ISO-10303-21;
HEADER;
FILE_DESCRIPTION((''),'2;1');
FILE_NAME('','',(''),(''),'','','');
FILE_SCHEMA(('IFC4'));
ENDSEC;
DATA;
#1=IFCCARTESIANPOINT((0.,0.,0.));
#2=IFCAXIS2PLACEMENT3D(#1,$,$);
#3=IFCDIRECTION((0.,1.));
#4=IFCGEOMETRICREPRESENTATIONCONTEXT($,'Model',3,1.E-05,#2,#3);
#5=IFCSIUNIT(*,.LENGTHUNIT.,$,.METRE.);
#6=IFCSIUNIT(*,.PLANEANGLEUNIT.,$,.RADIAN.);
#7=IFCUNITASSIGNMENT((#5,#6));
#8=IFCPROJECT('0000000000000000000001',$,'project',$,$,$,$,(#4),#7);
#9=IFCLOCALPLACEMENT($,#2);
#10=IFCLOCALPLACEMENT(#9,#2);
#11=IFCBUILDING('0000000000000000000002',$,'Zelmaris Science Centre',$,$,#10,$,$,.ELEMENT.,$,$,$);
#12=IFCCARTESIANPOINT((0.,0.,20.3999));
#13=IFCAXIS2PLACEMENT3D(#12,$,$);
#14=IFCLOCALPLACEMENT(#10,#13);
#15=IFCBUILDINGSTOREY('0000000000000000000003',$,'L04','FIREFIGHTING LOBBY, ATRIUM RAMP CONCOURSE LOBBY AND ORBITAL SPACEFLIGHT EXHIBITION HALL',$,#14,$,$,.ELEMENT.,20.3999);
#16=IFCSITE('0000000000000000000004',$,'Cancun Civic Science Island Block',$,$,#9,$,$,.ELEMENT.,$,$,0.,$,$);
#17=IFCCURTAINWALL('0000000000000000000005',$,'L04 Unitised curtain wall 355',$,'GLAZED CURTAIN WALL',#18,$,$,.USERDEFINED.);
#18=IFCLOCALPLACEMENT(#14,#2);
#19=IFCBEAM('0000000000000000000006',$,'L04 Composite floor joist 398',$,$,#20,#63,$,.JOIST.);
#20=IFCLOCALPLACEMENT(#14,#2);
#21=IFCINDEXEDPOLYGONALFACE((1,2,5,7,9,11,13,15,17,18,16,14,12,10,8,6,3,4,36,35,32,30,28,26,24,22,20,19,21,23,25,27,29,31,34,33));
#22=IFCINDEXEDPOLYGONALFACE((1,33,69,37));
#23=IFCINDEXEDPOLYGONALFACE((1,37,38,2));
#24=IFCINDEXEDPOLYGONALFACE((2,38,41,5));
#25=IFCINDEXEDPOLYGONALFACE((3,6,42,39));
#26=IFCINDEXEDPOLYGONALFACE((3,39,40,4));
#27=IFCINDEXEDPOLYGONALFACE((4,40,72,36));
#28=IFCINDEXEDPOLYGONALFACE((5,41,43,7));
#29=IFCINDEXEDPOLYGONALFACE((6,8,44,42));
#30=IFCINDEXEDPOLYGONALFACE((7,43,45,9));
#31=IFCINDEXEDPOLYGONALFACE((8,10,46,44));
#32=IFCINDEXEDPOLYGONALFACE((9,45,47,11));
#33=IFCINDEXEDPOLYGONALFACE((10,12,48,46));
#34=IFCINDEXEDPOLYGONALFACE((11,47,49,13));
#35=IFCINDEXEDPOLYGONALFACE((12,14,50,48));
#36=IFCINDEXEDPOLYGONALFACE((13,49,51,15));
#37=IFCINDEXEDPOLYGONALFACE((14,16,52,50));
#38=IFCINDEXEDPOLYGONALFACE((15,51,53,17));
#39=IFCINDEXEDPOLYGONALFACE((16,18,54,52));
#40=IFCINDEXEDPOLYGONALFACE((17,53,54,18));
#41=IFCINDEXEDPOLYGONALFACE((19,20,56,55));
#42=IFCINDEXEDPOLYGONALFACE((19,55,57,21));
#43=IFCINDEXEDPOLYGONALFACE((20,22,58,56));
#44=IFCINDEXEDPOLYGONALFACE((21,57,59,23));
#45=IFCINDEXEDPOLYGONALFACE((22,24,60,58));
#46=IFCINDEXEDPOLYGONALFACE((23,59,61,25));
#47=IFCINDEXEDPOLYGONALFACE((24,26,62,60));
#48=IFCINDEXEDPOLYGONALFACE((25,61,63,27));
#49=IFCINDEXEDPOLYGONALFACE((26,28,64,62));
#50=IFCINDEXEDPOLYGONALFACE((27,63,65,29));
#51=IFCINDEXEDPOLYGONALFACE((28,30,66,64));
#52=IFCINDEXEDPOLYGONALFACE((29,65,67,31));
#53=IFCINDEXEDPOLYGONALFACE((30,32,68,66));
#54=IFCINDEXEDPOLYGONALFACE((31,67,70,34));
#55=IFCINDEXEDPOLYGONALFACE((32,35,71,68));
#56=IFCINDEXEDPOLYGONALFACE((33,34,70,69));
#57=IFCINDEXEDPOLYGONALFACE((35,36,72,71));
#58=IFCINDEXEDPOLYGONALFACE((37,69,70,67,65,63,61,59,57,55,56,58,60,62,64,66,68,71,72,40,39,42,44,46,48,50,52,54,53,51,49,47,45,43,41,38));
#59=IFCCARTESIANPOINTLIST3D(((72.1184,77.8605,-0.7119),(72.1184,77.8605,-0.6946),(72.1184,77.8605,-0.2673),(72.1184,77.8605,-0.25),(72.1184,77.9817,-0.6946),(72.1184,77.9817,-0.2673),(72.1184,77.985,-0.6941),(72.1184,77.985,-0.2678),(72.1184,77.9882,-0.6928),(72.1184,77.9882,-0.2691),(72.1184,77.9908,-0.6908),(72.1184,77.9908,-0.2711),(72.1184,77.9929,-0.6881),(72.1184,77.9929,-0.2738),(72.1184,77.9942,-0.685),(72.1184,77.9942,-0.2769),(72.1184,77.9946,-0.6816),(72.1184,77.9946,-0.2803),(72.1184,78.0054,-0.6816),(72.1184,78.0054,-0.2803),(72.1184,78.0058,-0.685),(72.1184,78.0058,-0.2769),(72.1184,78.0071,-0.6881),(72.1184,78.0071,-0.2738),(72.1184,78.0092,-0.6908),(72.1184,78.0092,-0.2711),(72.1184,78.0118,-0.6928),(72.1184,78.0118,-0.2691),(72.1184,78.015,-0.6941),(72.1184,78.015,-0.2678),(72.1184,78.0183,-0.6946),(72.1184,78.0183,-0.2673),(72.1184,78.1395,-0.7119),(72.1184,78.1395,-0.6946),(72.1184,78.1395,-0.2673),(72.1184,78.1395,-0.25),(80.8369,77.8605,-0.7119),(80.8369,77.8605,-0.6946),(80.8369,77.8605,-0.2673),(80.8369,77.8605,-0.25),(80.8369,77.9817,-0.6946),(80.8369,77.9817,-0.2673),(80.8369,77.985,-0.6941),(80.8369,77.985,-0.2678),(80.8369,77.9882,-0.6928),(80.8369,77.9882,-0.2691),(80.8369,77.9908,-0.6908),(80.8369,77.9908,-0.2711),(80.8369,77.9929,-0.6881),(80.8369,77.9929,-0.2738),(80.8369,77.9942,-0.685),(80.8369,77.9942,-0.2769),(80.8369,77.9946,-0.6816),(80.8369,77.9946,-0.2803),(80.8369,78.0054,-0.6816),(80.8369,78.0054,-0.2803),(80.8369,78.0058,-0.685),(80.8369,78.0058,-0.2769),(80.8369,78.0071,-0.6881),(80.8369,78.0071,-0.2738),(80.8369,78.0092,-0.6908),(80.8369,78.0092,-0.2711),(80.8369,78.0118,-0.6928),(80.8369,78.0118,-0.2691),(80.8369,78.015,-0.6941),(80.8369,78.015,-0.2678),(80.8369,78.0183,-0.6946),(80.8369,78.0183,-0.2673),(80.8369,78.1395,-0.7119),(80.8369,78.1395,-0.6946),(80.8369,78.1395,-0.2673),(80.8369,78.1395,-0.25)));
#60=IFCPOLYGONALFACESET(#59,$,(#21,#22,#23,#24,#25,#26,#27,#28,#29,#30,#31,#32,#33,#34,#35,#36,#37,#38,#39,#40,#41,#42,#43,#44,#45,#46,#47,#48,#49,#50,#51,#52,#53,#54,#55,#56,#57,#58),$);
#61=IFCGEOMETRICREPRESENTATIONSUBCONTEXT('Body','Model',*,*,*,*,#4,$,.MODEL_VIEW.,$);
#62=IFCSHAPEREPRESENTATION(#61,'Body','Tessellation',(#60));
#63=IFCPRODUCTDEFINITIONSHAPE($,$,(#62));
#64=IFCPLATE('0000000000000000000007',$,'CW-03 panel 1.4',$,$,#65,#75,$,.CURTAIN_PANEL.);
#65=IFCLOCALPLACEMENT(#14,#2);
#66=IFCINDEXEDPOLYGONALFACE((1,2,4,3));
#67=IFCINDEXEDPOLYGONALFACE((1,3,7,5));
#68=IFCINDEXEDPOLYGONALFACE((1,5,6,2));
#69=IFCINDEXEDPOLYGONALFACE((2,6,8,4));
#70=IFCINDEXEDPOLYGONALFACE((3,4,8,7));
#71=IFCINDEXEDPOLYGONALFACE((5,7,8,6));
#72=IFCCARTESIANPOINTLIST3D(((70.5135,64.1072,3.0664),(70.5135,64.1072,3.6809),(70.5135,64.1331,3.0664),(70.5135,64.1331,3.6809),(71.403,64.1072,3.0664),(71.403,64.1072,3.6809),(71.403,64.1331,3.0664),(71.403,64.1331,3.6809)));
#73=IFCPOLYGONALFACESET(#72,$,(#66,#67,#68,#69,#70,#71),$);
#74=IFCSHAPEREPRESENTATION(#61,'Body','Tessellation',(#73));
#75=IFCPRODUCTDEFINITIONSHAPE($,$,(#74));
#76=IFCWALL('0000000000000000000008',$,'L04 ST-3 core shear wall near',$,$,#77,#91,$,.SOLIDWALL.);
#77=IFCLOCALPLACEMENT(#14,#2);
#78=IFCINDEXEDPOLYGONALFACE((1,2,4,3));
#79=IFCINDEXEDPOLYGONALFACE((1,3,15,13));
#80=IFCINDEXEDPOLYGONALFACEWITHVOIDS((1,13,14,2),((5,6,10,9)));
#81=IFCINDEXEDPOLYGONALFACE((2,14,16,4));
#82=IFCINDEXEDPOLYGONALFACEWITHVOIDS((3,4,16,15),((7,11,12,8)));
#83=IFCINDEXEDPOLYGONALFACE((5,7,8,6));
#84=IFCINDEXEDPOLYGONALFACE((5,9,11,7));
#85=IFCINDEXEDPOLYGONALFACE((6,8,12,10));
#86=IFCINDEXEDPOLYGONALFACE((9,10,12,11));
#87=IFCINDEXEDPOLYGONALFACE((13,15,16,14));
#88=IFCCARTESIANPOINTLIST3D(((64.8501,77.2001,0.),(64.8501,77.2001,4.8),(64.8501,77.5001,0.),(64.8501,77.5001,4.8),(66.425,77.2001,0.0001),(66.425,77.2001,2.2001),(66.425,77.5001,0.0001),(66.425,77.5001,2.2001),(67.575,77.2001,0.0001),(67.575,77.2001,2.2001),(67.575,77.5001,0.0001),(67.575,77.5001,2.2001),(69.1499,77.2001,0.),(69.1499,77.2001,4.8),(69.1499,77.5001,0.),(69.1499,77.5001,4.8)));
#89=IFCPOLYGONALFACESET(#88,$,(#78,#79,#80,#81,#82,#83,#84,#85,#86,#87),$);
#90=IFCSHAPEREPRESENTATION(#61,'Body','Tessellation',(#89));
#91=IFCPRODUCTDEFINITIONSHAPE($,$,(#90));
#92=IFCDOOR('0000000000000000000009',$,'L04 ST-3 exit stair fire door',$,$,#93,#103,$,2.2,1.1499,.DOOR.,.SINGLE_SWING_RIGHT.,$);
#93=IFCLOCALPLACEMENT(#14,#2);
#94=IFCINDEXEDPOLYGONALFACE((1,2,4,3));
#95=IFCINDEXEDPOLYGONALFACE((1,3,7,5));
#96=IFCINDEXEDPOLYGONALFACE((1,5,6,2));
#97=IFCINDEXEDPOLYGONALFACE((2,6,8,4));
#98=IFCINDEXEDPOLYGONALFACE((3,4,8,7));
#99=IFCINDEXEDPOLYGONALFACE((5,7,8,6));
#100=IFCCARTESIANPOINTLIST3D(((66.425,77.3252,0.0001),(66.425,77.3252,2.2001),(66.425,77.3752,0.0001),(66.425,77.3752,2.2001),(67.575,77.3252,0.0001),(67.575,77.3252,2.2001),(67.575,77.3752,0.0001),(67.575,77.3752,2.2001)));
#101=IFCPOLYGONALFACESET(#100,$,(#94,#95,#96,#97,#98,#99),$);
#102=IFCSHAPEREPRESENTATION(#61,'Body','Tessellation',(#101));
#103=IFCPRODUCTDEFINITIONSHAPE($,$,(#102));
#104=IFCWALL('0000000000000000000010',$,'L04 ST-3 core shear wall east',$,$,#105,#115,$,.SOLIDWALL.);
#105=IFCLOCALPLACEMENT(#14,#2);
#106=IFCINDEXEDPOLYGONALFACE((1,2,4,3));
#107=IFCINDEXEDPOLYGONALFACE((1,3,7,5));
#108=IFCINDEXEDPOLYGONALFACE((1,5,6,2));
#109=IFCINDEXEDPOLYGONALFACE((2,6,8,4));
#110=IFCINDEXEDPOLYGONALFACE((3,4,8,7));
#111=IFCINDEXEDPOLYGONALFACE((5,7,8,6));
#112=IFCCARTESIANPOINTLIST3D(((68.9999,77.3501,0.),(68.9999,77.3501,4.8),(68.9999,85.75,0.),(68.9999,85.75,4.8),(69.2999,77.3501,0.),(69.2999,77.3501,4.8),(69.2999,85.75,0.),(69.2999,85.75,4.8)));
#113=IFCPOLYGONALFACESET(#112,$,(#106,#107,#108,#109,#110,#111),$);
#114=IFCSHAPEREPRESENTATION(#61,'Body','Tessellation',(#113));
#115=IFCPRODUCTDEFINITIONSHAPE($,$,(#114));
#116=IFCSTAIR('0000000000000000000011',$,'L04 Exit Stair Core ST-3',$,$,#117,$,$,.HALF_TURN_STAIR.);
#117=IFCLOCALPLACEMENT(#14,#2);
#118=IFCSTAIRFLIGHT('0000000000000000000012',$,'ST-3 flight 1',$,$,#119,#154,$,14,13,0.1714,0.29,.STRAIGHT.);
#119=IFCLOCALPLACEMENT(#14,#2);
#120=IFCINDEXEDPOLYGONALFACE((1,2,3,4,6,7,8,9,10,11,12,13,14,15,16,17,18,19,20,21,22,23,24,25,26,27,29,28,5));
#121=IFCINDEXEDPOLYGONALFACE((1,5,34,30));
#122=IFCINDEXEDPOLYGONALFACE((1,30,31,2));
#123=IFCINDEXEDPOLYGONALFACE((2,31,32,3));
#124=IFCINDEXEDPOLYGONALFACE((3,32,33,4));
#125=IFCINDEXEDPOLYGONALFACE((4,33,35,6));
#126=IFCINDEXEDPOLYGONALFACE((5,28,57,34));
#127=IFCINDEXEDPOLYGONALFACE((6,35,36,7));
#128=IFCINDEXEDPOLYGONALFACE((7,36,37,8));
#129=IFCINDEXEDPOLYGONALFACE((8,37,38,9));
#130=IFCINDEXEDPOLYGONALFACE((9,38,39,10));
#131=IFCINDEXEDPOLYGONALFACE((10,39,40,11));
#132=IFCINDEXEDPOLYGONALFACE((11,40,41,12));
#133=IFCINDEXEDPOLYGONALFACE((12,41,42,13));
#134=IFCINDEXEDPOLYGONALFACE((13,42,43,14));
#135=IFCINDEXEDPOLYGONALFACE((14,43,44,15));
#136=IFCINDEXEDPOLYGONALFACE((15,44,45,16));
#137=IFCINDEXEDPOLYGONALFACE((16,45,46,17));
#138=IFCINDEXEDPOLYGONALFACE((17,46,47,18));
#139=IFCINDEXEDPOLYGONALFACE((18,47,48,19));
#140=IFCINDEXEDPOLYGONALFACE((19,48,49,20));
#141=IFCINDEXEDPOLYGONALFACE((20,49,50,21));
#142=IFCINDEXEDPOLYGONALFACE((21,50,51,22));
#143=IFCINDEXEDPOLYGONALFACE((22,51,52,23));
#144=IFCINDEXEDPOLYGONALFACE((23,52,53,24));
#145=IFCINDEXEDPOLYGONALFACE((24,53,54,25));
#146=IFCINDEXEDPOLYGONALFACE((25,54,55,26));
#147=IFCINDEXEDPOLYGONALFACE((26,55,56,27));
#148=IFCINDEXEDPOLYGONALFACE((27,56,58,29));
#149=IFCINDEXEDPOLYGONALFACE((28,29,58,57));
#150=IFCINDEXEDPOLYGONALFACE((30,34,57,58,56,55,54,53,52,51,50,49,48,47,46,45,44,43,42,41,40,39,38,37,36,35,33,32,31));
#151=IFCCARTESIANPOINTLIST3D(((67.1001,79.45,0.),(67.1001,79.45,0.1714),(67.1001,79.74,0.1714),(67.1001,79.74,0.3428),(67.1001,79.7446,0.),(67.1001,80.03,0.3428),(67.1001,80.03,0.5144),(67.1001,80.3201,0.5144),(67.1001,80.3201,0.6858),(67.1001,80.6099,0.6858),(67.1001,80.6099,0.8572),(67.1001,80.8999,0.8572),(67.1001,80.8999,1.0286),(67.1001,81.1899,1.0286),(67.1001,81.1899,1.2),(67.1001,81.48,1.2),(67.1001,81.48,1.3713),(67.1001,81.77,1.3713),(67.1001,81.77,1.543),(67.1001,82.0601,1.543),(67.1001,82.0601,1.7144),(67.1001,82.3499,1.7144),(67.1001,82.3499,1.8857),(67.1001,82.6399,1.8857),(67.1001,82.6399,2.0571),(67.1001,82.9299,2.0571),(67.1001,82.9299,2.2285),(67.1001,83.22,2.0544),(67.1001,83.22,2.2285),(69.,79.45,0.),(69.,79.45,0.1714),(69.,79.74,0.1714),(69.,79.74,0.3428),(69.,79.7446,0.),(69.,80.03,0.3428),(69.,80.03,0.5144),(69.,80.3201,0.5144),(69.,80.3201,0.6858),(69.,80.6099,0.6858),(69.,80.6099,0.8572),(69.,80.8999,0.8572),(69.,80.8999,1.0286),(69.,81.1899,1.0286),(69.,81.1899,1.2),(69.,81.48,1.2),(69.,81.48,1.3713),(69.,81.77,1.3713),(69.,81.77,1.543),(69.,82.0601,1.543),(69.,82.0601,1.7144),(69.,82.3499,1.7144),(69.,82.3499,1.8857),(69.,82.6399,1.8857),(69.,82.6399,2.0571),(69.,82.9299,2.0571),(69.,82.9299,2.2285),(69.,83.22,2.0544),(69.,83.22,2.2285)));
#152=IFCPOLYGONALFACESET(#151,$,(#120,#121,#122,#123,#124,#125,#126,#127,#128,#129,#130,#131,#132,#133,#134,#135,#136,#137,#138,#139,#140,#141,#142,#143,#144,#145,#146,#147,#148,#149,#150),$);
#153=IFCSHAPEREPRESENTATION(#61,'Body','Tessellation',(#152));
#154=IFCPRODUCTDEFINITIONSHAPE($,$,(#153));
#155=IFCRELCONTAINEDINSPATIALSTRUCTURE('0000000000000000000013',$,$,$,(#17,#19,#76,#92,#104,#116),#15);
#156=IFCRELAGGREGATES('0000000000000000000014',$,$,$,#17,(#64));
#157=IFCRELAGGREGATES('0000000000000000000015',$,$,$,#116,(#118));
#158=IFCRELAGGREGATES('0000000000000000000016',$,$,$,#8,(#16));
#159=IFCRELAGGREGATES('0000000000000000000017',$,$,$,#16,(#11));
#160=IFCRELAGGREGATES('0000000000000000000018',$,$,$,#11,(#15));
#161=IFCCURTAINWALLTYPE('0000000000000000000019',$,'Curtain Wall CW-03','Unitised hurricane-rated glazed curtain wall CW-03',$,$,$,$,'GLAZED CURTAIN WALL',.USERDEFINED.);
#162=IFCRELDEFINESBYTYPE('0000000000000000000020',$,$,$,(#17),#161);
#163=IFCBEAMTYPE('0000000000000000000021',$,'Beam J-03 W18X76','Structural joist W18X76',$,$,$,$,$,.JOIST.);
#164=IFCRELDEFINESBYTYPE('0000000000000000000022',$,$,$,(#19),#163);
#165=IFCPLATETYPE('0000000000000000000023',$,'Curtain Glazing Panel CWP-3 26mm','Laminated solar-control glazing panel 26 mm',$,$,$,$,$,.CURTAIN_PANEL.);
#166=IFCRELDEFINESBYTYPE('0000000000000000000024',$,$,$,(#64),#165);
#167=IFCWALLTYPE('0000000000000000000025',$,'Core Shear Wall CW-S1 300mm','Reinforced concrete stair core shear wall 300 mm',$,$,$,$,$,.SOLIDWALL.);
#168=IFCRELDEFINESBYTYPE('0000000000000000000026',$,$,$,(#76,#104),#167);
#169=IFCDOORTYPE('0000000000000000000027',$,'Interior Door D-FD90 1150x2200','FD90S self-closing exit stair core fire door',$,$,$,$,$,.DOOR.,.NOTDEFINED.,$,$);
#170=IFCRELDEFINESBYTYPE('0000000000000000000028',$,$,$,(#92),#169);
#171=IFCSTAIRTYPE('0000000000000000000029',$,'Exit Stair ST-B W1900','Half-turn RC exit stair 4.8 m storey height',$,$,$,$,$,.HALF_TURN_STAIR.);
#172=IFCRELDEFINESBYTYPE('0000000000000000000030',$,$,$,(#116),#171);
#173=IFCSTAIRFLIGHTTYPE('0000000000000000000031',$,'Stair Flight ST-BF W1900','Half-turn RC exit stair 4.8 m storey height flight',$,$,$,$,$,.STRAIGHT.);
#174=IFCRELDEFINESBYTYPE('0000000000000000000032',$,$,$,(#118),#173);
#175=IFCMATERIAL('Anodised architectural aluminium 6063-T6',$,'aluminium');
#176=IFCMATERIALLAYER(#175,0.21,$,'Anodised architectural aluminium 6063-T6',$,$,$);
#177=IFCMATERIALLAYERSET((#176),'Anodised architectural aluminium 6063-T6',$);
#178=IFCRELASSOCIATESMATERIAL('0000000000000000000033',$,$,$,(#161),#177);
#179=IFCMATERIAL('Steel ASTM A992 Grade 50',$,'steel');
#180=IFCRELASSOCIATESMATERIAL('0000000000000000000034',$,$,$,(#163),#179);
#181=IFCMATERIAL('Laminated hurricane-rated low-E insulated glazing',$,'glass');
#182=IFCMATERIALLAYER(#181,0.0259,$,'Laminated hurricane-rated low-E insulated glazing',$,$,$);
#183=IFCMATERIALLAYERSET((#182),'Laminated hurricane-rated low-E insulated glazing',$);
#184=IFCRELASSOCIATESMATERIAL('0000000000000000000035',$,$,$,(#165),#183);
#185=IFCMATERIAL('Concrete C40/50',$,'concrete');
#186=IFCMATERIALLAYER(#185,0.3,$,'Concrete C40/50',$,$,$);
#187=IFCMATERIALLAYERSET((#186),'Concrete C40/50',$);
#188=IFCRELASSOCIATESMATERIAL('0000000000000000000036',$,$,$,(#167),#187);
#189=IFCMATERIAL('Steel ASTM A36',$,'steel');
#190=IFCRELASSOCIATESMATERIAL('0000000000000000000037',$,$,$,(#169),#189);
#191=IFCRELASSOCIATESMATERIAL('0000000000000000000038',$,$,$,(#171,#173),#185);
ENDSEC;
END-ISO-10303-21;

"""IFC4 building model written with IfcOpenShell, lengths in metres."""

from ifc_helpers import new_model, si_unit, direction, frame, frame_2d, origin, origin_2d, place, context, subcontext, project, spatial, polyline, rectangle, i_section, outline, extrude, material, layer, layer_set, material_profile, profile_set, type_object, element, fill, aggregate, save


model = new_model("IFC4")

# Units and contexts
model_context = context("Model", 3, precision=1e-05, world=origin(), true_north=direction((0.0, 1.0)))
body_context = subcontext(model_context, "Body", "Model", "MODEL_VIEW")
ifc_project = project(units=[si_unit("LENGTHUNIT", "METRE"), si_unit("PLANEANGLEUNIT", "RADIAN")], contexts=[model_context])

# Site, building, storey
site_placement = place(None, origin())
site = spatial("IfcSite", under=ifc_project, at=site_placement, Name="Cancun Civic Science Island Block", CompositionType="ELEMENT", RefElevation=0.0)
building_placement = place(site_placement, origin())
building = spatial("IfcBuilding", under=site, at=building_placement, Name="Zelmaris Science Centre", CompositionType="ELEMENT")
storey_placement = place(building_placement, frame((0.0, 0.0, 20.3999)))
storey = spatial("IfcBuildingStorey", under=building, at=storey_placement, Name="L04", Description="FIREFIGHTING LOBBY, ATRIUM RAMP CONCOURSE LOBBY AND ORBITAL SPACEFLIGHT EXHIBITION HALL", CompositionType="ELEMENT", Elevation=20.3999)

# Shared definitions
ifc_material_1 = material(Name="Steel ASTM A992 Grade 50", Category="steel")

# Curtain wall
ifc_material_2 = material(Name="Anodised architectural aluminium 6063-T6", Category="aluminium")
ifc_layer_1 = layer(ifc_material_2, 0.21, Name="Anodised architectural aluminium 6063-T6")
ifc_layer_set_1 = layer_set([ifc_layer_1], Name="Anodised architectural aluminium 6063-T6")
curtain_wall_type = type_object("IfcCurtainWallType", Name="Curtain Wall CW-03", Description="Unitised hurricane-rated glazed curtain wall CW-03", ElementType="GLAZED CURTAIN WALL", PredefinedType="USERDEFINED", material=ifc_layer_set_1)
curtain_wall_placement = place(storey_placement, origin())
curtain_wall = element("IfcCurtainWall", 1, at=curtain_wall_placement, inside=storey, type_object=curtain_wall_type, Name="L04 Unitised curtain wall 355", ObjectType="GLAZED CURTAIN WALL", PredefinedType="USERDEFINED")

# Beam
ifc_material_profile_1 = material_profile(ifc_material_1, i_section(OverallWidth=0.2791, OverallDepth=0.4619, WebThickness=0.0107, FlangeThickness=0.0173, FilletRadius=0.0129, at=origin_2d()), Name="W18X76")
ifc_profile_set_1 = profile_set([ifc_material_profile_1], Name="Steel ASTM A992 Grade 50")
beam_type_1 = type_object("IfcBeamType", Name="Beam J-03 W18X76", Description="Structural joist W18X76", PredefinedType="JOIST", material=ifc_profile_set_1)
beam_1_placement = place(storey_placement, frame((72.1184, 78.0, -0.481), z_axis=(1.0, 0.0, 0.0), x_axis=(0.0, 1.0, 0.0)))
element("IfcBeam", 2, at=beam_1_placement, inside=storey, type_object=beam_type_1, Name="L04 Composite floor joist 398", PredefinedType="JOIST", context=body_context, shape_type="SweptSolid", body=[
    extrude(i_section(OverallWidth=0.2791, OverallDepth=0.4619, WebThickness=0.0107, FlangeThickness=0.0173, FilletRadius=0.0129, at=origin_2d()), origin(), (0.0, 0.0, 1.0), 8.7185),
])

# Plate
ifc_material_3 = material(Name="Laminated hurricane-rated low-E insulated glazing", Category="glass")
ifc_layer_2 = layer(ifc_material_3, 0.0259, Name="Laminated hurricane-rated low-E insulated glazing")
ifc_layer_set_2 = layer_set([ifc_layer_2], Name="Laminated hurricane-rated low-E insulated glazing")
plate_type = type_object("IfcPlateType", Name="Curtain Glazing Panel CWP-3 26mm", Description="Laminated solar-control glazing panel 26 mm", PredefinedType="CURTAIN_PANEL", material=ifc_layer_set_2)
plate_placement = place(storey_placement, frame((70.9583, 64.1201, 3.0664), z_axis=(0.0, 0.0, 1.0), x_axis=(-1.0, 0.0, 0.0)))
plate = element("IfcPlate", 3, at=plate_placement, type_object=plate_type, Name="CW-03 panel 1.4", PredefinedType="CURTAIN_PANEL", context=body_context, shape_type="SweptSolid", body=[
    extrude(rectangle(XDim=0.8894, YDim=0.0259, at=origin_2d()), origin(), (0.0, 0.0, 1.0), 0.6145),
])
aggregate(curtain_wall, [plate])

# Wall, opening, door
ifc_material_4 = material(Name="Concrete C40/50", Category="concrete")
ifc_layer_3 = layer(ifc_material_4, 0.3, Name="Concrete C40/50")
ifc_layer_set_3 = layer_set([ifc_layer_3], Name="Concrete C40/50")
wall_type = type_object("IfcWallType", Name="Core Shear Wall CW-S1 300mm", Description="Reinforced concrete stair core shear wall 300 mm", PredefinedType="SOLIDWALL", material=ifc_layer_set_3)
wall_1_placement = place(storey_placement, frame((69.1499, 77.3501, 0.0), z_axis=(0.0, 0.0, 1.0), x_axis=(-1.0, 0.0, 0.0)))
wall_1 = element("IfcWall", 4, at=wall_1_placement, inside=storey, type_object=wall_type, Name="L04 ST-3 core shear wall near", PredefinedType="SOLIDWALL", context=body_context, shape_type="SweptSolid", body=[
    extrude(rectangle(XDim=4.2998, YDim=0.3, at=frame_2d((2.1499, 0.0))), origin(), (0.0, 0.0, 1.0), 4.8),
])
opening_placement = place(wall_1_placement, frame((1.575, 0.0, 0.0)))
opening = element("IfcOpeningElement", 5, at=opening_placement, cuts=wall_1, PredefinedType="OPENING", context=body_context, shape_type="SweptSolid", body=[
    extrude(rectangle(XDim=1.1499, YDim=2.2, at=frame_2d((0.575, 1.1001))), frame((0.0, 0.1599, 0.0), z_axis=(0.0, -1.0, 0.0), x_axis=(1.0, 0.0, 0.0)), (0.0, 0.0, 1.0), 0.3201),
])
ifc_material_5 = material(Name="Steel ASTM A36", Category="steel")
door_type = type_object("IfcDoorType", Name="Interior Door D-FD90 1150x2200", Description="FD90S self-closing exit stair core fire door", OperationType="NOTDEFINED", PredefinedType="DOOR", material=ifc_material_5)
door_placement = place(opening_placement, origin())
door = element("IfcDoor", 6, at=door_placement, inside=storey, type_object=door_type, Name="L04 ST-3 exit stair fire door", OperationType="SINGLE_SWING_RIGHT", OverallHeight=2.2, OverallWidth=1.1499, PredefinedType="DOOR", context=body_context, shape_type="SweptSolid", body=[
    extrude(rectangle(XDim=1.1499, YDim=2.2, at=frame_2d((0.575, 1.1001))), frame((0.0, 0.0249, 0.0), z_axis=(0.0, -1.0, 0.0), x_axis=(1.0, 0.0, 0.0)), (0.0, 0.0, 1.0), 0.05),
])
fill(opening, door)

# Wall
wall_2_placement = place(storey_placement, frame((69.1499, 77.3501, 0.0), z_axis=(0.0, 0.0, 1.0), x_axis=(0.0, 1.0, 0.0)))
element("IfcWall", 7, at=wall_2_placement, inside=storey, type_object=wall_type, Name="L04 ST-3 core shear wall east", PredefinedType="SOLIDWALL", context=body_context, shape_type="SweptSolid", body=[
    extrude(rectangle(XDim=8.3999, YDim=0.3, at=frame_2d((4.2, 0.0))), origin(), (0.0, 0.0, 1.0), 4.8),
])

# Stair, stair flight
stair_type = type_object("IfcStairType", Name="Exit Stair ST-B W1900", Description="Half-turn RC exit stair 4.8 m storey height", PredefinedType="HALF_TURN_STAIR", material=ifc_material_4)
stair_placement = place(storey_placement, origin())
stair = element("IfcStair", 8, at=stair_placement, inside=storey, type_object=stair_type, Name="L04 Exit Stair Core ST-3", PredefinedType="HALF_TURN_STAIR")
stair_flight_type = type_object("IfcStairFlightType", Name="Stair Flight ST-BF W1900", Description="Half-turn RC exit stair 4.8 m storey height flight", PredefinedType="STRAIGHT", material=ifc_material_4)
stair_flight_placement = place(storey_placement, frame((68.05, 79.45, 0.0), z_axis=(0.0, 0.0, 1.0), x_axis=(0.0, 1.0, 0.0)))
stair_flight = element("IfcStairFlight", 9, at=stair_flight_placement, type_object=stair_flight_type, Name="ST-3 flight 1", NumberOfRisers=14, NumberOfTreads=13, PredefinedType="STRAIGHT", RiserHeight=0.1714, TreadLength=0.29, context=body_context, shape_type="SweptSolid", body=[
    extrude(outline(polyline([(0.0, 0.0), (0.0, 0.1714), (0.29, 0.1714), (0.29, 0.3428), (0.5801, 0.3428), (0.5801, 0.5144), (0.8701, 0.5144), (0.8701, 0.6858), (1.1599, 0.6858), (1.1599, 0.8572), (1.45, 0.8572), (1.45, 1.0286), (1.74, 1.0286), (1.74, 1.2), (2.03, 1.2), (2.03, 1.3713), (2.3201, 1.3713), (2.3201, 1.543), (2.6101, 1.543), (2.6101, 1.7144), (2.8999, 1.7144), (2.8999, 1.8857), (3.1899, 1.8857), (3.1899, 2.0571), (3.48, 2.0571), (3.48, 2.2285), (3.77, 2.2285), (3.77, 2.3999), (3.77, 2.0544), (0.2947, 0.0), (0.0, 0.0)])), frame((0.0, 0.95, 0.0), z_axis=(0.0, -1.0, 0.0), x_axis=(1.0, 0.0, 0.0)), (0.0, 0.0, 1.0), 1.8999),
])
aggregate(stair, [stair_flight])

save(model, "model.ifc")
